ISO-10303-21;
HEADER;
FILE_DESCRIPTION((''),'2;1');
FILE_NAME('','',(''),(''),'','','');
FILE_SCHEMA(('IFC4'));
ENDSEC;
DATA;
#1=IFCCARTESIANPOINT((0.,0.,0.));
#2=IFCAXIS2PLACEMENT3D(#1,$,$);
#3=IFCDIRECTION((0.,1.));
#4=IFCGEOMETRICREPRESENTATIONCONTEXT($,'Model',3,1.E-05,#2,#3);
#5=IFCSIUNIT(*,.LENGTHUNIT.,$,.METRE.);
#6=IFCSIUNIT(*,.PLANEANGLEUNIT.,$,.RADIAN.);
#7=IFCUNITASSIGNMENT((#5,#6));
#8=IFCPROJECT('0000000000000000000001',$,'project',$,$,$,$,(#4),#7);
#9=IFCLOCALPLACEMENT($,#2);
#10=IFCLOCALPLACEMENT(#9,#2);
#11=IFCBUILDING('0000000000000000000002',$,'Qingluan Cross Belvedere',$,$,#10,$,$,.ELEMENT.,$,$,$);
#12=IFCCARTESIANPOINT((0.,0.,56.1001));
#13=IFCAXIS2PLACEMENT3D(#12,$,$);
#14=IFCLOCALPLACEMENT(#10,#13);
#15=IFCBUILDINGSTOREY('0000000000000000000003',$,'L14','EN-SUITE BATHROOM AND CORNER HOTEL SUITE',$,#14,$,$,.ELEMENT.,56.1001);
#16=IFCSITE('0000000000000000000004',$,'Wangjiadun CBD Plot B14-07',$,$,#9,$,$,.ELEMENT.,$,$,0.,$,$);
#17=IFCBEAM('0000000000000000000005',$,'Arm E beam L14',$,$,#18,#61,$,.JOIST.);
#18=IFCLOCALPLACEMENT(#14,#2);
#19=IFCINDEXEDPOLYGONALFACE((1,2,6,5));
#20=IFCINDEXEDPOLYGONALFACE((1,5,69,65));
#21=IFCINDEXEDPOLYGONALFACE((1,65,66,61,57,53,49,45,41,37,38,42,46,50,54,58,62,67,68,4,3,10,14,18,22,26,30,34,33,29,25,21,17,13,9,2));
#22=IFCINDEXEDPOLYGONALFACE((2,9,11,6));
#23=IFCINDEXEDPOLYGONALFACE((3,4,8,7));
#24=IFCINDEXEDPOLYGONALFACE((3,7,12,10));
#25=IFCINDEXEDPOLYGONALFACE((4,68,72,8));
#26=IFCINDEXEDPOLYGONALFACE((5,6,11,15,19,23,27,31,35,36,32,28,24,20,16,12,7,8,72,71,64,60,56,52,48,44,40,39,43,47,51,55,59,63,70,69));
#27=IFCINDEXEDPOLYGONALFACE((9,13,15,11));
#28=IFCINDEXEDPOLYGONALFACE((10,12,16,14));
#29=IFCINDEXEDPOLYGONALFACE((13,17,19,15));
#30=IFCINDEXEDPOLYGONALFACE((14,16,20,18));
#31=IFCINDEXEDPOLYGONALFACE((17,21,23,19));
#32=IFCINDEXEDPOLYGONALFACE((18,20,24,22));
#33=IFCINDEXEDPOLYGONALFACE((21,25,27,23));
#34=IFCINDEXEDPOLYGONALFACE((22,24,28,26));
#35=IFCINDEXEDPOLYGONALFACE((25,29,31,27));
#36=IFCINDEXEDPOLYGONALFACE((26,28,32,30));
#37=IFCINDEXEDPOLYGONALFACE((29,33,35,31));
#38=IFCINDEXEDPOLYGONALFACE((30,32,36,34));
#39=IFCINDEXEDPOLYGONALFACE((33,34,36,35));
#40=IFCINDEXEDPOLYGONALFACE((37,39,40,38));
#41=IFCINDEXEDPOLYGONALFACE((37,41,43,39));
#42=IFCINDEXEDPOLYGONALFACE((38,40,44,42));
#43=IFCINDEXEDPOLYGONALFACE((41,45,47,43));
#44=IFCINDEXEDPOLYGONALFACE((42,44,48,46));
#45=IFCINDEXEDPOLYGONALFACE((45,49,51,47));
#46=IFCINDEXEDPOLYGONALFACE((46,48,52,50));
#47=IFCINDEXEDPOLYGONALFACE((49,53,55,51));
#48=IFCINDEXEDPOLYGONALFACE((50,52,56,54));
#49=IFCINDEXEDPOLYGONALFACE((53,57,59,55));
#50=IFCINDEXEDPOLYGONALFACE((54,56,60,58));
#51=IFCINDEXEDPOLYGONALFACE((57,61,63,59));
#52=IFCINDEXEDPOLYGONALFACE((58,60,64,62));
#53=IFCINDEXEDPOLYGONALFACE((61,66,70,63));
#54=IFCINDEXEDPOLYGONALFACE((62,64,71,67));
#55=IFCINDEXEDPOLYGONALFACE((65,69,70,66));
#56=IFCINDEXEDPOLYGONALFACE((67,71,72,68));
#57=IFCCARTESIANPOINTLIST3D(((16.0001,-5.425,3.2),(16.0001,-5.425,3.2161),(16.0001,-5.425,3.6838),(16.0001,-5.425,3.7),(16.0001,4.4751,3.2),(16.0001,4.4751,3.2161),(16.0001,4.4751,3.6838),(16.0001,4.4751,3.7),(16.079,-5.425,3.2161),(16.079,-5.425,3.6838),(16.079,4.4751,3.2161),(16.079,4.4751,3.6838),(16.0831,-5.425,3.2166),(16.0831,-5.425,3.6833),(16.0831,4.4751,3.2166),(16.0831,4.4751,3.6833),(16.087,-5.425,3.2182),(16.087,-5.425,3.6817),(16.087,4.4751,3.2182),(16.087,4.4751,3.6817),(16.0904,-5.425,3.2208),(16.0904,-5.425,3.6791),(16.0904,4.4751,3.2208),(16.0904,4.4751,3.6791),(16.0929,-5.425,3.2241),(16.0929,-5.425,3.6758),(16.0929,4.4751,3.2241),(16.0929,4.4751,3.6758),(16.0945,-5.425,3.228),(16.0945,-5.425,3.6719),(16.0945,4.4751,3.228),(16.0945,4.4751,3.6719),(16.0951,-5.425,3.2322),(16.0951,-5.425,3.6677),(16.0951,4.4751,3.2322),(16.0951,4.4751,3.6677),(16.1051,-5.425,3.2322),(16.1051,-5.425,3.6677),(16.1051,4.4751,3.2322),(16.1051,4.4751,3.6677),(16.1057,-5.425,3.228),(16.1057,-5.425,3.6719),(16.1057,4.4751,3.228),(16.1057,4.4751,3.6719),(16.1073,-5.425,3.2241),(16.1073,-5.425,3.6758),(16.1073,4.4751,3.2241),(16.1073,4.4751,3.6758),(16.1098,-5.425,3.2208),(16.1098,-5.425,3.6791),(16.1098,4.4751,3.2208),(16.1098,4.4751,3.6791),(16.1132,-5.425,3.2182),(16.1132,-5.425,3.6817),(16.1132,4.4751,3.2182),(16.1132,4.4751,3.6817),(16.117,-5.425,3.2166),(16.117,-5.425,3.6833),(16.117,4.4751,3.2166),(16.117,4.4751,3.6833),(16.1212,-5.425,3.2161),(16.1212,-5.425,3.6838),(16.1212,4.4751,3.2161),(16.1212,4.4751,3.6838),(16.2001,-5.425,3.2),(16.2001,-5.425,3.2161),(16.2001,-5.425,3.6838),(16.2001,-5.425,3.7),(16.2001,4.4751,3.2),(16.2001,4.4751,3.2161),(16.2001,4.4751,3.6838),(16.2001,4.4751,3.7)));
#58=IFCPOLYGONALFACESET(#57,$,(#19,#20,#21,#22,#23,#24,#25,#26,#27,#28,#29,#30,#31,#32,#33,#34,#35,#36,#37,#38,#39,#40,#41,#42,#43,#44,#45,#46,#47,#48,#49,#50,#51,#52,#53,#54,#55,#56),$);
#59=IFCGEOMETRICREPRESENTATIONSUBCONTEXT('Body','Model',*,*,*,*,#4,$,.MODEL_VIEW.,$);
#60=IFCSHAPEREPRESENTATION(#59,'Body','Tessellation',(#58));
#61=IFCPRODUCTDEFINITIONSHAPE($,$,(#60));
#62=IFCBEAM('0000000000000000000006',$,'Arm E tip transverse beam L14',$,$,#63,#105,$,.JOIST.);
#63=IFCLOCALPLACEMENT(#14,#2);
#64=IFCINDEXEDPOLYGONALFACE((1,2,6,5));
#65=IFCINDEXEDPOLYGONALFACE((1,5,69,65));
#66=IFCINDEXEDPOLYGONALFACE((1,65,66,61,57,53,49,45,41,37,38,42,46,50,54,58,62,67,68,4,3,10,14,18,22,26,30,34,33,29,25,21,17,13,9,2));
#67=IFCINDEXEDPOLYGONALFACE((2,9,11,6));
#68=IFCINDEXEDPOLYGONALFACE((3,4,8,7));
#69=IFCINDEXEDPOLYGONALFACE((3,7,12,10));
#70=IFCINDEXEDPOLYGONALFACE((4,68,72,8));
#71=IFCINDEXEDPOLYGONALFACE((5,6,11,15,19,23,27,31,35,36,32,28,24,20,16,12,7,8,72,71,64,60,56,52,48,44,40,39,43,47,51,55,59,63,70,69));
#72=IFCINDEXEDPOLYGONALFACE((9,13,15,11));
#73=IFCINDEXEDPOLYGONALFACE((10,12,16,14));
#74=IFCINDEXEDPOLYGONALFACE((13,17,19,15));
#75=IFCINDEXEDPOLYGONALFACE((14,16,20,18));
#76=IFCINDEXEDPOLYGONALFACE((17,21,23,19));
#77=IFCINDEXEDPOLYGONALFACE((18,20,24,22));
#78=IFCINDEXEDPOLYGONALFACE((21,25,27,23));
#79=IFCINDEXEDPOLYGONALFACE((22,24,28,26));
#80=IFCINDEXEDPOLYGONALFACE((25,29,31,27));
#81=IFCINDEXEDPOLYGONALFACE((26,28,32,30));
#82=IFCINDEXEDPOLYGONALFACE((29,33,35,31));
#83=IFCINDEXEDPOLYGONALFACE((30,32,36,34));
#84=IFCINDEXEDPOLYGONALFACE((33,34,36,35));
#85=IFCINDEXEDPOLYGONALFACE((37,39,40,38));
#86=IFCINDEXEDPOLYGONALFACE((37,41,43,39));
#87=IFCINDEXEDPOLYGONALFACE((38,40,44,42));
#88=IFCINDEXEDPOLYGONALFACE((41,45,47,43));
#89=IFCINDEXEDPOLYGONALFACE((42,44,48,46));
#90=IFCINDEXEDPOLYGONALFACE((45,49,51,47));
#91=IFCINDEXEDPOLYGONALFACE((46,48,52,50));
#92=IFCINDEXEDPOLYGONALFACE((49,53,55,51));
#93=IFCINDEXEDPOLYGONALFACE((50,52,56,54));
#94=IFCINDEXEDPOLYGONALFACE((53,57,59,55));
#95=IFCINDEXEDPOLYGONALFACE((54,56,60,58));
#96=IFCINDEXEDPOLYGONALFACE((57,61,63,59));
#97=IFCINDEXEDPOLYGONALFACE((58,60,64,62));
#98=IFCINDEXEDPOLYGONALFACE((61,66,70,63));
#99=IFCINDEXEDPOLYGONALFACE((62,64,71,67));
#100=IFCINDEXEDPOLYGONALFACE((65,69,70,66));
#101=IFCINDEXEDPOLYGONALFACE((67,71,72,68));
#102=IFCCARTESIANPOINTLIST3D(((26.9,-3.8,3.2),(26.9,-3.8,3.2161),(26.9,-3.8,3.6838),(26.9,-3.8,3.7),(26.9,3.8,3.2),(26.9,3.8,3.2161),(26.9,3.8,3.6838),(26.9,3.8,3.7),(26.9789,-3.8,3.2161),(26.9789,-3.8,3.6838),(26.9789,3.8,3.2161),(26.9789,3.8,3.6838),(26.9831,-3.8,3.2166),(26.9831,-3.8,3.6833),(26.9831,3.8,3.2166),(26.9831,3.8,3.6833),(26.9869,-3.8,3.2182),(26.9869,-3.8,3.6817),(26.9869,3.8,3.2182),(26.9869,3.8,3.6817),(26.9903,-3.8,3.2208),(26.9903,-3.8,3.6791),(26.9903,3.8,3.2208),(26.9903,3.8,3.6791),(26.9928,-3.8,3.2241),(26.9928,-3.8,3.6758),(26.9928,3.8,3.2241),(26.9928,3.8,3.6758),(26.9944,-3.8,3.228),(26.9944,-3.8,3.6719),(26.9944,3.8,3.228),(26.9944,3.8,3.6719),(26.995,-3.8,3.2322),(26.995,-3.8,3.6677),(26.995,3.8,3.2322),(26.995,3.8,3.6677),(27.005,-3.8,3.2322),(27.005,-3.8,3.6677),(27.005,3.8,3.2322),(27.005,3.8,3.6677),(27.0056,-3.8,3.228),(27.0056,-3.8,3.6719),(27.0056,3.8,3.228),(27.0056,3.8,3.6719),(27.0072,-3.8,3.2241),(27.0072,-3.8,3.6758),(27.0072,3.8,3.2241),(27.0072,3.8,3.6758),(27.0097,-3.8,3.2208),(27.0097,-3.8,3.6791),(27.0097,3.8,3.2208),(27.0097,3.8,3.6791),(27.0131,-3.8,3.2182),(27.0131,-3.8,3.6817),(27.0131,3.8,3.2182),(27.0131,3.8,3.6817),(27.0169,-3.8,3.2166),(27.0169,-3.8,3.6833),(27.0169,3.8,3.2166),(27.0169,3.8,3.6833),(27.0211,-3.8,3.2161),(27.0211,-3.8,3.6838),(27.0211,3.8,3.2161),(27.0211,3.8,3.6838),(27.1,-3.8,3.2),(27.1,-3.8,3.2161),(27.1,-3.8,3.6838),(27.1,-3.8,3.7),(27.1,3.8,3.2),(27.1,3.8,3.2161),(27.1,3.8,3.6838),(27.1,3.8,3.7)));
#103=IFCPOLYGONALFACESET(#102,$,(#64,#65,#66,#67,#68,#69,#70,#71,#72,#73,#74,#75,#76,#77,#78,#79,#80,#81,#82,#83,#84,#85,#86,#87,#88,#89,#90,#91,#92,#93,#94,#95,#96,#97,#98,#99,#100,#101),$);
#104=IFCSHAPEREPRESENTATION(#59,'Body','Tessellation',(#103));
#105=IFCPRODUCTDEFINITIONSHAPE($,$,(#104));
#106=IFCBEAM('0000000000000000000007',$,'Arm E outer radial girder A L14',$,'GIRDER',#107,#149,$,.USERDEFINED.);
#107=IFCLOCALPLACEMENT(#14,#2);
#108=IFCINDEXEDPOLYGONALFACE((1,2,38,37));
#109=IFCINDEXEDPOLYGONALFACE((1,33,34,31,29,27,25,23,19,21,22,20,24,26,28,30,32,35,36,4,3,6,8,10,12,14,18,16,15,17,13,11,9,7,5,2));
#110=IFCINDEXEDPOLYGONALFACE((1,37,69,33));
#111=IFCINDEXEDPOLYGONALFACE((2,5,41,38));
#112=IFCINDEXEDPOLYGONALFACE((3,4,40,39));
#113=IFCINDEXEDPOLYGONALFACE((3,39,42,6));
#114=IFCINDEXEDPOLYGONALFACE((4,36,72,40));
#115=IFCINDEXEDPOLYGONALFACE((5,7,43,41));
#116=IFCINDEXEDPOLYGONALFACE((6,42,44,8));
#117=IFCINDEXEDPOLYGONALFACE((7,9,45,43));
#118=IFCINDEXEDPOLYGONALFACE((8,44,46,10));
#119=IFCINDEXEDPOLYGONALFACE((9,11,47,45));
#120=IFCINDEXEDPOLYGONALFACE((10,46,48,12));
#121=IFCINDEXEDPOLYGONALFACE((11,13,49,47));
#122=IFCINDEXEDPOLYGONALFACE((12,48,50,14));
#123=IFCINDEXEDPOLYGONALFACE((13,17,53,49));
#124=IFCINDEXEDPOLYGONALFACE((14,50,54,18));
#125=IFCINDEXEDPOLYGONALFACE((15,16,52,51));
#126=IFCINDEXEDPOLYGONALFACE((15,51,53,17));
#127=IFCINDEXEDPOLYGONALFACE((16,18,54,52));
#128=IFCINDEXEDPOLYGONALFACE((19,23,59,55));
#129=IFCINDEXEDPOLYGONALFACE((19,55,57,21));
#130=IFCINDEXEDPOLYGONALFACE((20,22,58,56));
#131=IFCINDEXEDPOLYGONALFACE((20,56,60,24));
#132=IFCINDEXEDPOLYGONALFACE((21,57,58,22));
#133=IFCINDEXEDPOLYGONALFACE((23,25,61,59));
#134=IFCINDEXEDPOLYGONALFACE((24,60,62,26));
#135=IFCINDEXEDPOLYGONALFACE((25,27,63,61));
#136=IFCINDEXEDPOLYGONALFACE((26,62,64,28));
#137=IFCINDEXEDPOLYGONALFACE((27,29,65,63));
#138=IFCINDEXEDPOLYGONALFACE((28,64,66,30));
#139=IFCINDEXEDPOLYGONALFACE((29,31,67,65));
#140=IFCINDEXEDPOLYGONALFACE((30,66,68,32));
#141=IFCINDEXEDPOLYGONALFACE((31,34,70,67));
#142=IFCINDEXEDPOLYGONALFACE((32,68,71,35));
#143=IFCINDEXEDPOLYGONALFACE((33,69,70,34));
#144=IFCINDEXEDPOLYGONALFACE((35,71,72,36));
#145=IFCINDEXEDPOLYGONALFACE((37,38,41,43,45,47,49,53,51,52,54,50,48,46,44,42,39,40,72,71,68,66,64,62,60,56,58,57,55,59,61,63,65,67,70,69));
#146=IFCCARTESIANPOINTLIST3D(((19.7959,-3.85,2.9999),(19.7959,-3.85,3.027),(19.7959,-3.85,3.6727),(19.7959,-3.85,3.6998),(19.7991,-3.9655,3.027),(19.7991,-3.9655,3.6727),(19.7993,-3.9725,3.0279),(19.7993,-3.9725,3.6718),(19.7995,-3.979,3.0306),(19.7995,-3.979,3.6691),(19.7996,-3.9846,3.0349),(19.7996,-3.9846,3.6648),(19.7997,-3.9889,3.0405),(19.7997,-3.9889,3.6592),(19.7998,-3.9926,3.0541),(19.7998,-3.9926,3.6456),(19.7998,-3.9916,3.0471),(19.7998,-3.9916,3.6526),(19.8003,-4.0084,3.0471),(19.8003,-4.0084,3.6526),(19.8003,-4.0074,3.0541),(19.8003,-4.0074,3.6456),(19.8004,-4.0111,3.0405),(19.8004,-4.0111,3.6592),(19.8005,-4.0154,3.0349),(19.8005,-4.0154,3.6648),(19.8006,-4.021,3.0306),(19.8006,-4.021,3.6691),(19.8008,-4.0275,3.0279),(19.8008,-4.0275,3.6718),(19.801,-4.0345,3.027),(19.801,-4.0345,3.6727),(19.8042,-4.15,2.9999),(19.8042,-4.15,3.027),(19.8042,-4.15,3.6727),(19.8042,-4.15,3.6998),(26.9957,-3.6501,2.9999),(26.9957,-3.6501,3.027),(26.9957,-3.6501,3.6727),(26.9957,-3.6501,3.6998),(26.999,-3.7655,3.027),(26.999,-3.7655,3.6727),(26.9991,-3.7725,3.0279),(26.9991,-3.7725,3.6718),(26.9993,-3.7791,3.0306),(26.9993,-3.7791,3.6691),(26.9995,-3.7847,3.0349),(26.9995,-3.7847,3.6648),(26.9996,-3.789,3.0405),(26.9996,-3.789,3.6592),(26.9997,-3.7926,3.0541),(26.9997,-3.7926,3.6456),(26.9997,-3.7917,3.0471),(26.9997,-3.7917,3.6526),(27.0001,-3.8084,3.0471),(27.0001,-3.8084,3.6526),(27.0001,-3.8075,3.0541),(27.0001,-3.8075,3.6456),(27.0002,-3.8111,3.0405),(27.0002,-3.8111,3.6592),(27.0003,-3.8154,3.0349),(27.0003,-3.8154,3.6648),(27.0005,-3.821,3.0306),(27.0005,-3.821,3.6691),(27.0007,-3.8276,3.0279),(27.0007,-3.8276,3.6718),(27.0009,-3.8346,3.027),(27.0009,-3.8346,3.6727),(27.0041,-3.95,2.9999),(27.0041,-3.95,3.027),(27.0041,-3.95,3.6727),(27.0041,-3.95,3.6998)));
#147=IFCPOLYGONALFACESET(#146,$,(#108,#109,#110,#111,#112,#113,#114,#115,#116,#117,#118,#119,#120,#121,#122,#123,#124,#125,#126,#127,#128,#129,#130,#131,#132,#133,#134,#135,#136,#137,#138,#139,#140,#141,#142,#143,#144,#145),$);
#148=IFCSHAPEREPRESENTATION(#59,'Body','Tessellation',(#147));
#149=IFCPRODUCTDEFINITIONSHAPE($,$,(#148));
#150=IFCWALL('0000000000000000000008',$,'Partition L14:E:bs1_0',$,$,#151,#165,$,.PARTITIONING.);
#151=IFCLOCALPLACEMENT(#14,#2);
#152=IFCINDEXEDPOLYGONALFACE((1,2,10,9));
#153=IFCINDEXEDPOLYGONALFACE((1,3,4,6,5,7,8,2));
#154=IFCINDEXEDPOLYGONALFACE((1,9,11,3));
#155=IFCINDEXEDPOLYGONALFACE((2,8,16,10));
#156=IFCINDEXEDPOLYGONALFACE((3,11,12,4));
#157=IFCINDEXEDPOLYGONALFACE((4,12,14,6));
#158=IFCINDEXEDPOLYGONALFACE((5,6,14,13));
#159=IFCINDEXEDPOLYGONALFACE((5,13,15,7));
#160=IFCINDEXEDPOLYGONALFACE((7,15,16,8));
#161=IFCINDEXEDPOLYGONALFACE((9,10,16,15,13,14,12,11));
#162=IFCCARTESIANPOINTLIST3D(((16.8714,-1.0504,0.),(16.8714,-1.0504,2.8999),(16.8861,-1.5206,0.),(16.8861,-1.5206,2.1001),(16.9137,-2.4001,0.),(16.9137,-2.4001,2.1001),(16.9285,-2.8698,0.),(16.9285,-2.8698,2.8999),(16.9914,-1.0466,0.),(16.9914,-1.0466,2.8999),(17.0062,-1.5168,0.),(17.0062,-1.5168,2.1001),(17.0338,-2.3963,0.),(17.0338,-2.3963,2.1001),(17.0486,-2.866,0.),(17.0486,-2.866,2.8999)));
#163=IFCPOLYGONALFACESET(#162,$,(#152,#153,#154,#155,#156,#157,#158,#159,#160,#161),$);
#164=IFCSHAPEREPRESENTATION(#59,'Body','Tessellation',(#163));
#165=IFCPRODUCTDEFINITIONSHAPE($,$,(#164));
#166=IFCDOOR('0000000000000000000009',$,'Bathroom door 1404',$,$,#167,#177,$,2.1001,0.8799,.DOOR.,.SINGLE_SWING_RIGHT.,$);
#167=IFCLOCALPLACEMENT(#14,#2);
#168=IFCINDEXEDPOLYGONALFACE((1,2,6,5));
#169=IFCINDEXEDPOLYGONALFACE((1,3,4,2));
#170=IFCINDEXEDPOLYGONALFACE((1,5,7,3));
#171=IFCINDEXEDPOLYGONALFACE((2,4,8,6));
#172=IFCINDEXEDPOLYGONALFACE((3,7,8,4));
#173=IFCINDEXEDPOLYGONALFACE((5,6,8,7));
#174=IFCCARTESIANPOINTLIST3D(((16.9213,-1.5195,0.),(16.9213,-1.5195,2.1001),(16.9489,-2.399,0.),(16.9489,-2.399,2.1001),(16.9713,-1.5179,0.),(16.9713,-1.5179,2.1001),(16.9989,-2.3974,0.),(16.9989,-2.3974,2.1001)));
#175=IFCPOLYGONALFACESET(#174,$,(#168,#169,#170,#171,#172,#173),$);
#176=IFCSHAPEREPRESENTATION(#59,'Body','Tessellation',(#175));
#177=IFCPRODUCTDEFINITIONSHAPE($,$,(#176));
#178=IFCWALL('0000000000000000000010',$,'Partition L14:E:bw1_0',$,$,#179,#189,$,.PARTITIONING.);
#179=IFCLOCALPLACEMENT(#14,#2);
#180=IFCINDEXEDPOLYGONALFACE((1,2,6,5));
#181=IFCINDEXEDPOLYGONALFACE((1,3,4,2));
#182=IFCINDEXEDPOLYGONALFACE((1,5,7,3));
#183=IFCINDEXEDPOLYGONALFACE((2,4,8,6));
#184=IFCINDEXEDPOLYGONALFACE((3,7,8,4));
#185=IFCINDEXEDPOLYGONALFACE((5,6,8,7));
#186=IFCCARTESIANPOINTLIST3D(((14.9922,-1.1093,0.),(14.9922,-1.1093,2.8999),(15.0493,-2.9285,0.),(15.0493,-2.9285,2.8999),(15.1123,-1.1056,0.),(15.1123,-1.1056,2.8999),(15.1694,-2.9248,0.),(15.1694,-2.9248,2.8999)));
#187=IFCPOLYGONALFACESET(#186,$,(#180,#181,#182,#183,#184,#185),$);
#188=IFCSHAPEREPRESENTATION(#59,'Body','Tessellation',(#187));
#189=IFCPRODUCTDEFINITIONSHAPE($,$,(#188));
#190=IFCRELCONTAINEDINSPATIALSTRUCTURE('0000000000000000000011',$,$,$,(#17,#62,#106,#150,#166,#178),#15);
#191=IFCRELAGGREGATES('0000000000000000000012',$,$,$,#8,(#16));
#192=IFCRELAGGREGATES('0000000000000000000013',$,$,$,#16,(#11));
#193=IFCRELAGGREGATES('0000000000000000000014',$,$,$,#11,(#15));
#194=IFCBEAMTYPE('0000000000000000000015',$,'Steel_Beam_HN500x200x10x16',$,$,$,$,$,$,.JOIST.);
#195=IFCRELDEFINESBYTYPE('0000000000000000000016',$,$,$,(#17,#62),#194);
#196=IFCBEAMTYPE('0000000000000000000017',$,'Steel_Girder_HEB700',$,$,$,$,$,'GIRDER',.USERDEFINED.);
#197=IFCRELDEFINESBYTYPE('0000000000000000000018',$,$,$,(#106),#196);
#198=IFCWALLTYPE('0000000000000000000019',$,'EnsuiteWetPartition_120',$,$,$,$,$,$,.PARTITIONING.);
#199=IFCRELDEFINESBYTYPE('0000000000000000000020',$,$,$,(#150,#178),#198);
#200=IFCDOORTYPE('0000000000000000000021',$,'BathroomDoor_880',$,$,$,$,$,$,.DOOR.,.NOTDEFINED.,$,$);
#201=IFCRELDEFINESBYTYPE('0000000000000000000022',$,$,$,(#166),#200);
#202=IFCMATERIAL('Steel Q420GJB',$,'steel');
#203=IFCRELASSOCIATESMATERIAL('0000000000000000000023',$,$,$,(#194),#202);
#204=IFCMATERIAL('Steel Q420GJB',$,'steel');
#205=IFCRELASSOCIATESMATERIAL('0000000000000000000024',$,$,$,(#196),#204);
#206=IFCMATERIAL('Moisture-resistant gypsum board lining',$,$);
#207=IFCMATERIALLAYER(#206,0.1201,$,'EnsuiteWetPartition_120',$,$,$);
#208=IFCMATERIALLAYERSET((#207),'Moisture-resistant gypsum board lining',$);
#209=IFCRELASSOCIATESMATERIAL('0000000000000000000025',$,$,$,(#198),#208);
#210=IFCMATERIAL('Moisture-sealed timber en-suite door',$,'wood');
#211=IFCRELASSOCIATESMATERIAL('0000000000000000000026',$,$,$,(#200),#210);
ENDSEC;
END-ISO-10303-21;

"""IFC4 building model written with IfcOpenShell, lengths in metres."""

from ifc_helpers import new_model, si_unit, direction, frame, frame_2d, origin, origin_2d, place, context, subcontext, project, spatial, rectangle, i_section, extrude, material, layer, layer_set, material_profile, profile_set, type_object, element, fill, save


model = new_model("IFC4")

# Units and contexts
model_context = context("Model", 3, precision=1e-05, world=origin(), true_north=direction((0.0, 1.0)))
body_context = subcontext(model_context, "Body", "Model", "MODEL_VIEW")
ifc_project = project(units=[si_unit("LENGTHUNIT", "METRE"), si_unit("PLANEANGLEUNIT", "RADIAN")], contexts=[model_context])

# Site, building, storey
site_placement = place(None, origin())
site = spatial("IfcSite", under=ifc_project, at=site_placement, Name="Wangjiadun CBD Plot B14-07", CompositionType="ELEMENT", RefElevation=0.0)
building_placement = place(site_placement, origin())
building = spatial("IfcBuilding", under=site, at=building_placement, Name="Qingluan Cross Belvedere", CompositionType="ELEMENT")
storey_placement = place(building_placement, frame((0.0, 0.0, 56.1001)))
storey = spatial("IfcBuildingStorey", under=building, at=storey_placement, Name="L14", Description="EN-SUITE BATHROOM AND CORNER HOTEL SUITE", CompositionType="ELEMENT", Elevation=56.1001)

# Beams
ifc_material_1 = material(Name="Steel Q420GJB", Category="steel")
ifc_material_profile_1 = material_profile(ifc_material_1, i_section(OverallWidth=0.2, OverallDepth=0.5, WebThickness=0.01, FlangeThickness=0.0161, FilletRadius=0.0161, at=origin_2d()), Name="HN500x200x10x16")
ifc_profile_set_1 = profile_set([ifc_material_profile_1], Name="Steel Q420GJB")
beam_type_1 = type_object("IfcBeamType", Name="Steel_Beam_HN500x200x10x16", PredefinedType="JOIST", material=ifc_profile_set_1)
beam_1_placement = place(storey_placement, frame((16.1001, -5.425, 3.45), z_axis=(0.0, 1.0, 0.0), x_axis=(-1.0, 0.0, 0.0)))
element("IfcBeam", 1, at=beam_1_placement, inside=storey, type_object=beam_type_1, Name="Arm E beam L14", PredefinedType="JOIST", context=body_context, shape_type="SweptSolid", body=[
    extrude(i_section(OverallWidth=0.2, OverallDepth=0.5, WebThickness=0.01, FlangeThickness=0.0161, FilletRadius=0.0161, at=origin_2d()), origin(), (0.0, 0.0, 1.0), 9.9001),
])
beam_2_placement = place(storey_placement, frame((27.0, -3.8, 3.45), z_axis=(0.0, 1.0, 0.0), x_axis=(-1.0, 0.0, 0.0)))
element("IfcBeam", 2, at=beam_2_placement, inside=storey, type_object=beam_type_1, Name="Arm E tip transverse beam L14", PredefinedType="JOIST", context=body_context, shape_type="SweptSolid", body=[
    extrude(i_section(OverallWidth=0.2, OverallDepth=0.5, WebThickness=0.01, FlangeThickness=0.0161, FilletRadius=0.0161, at=origin_2d()), origin(), (0.0, 0.0, 1.0), 7.6001),
])
ifc_material_2 = material(Name="Steel Q420GJB", Category="steel")
ifc_material_profile_2 = material_profile(ifc_material_2, i_section(OverallWidth=0.3, OverallDepth=0.7, WebThickness=0.0149, FlangeThickness=0.0271, FilletRadius=0.0271, at=origin_2d()), Name="HEB700")
ifc_profile_set_2 = profile_set([ifc_material_profile_2], Name="Steel Q420GJB")
beam_type_2 = type_object("IfcBeamType", Name="Steel_Girder_HEB700", ElementType="GIRDER", PredefinedType="USERDEFINED", material=ifc_profile_set_2)
beam_3_placement = place(storey_placement, frame((19.8, -4.0, 3.3499), z_axis=(0.999615, 0.02776, 0.0), x_axis=(-0.02776, 0.999615, 0.0)))
element("IfcBeam", 3, at=beam_3_placement, inside=storey, type_object=beam_type_2, Name="Arm E outer radial girder A L14", ObjectType="GIRDER", PredefinedType="USERDEFINED", context=body_context, shape_type="SweptSolid", body=[
    extrude(i_section(OverallWidth=0.3, OverallDepth=0.7, WebThickness=0.0149, FlangeThickness=0.0271, FilletRadius=0.0271, at=origin_2d()), origin(), (0.0, 0.0, 1.0), 7.2026),
])

# Wall, opening, door
ifc_material_3 = material(Name="Moisture-resistant gypsum board lining")
ifc_layer_1 = layer(ifc_material_3, 0.1201, Name="EnsuiteWetPartition_120")
ifc_layer_set_1 = layer_set([ifc_layer_1], Name="Moisture-resistant gypsum board lining")
wall_type_1 = type_object("IfcWallType", Name="EnsuiteWetPartition_120", PredefinedType="PARTITIONING", material=ifc_layer_set_1)
wall_1_placement = place(storey_placement, frame((16.9885, -2.8679, 0.0), z_axis=(0.0, 0.0, 1.0), x_axis=(-0.031385, 0.999507, 0.0)))
wall_1 = element("IfcWall", 4, at=wall_1_placement, inside=storey, type_object=wall_type_1, Name="Partition L14:E:bs1_0", PredefinedType="PARTITIONING", context=body_context, shape_type="SweptSolid", body=[
    extrude(rectangle(XDim=1.8203, YDim=0.1201, at=frame_2d((0.9102, 0.0))), origin(), (0.0, 0.0, 1.0), 2.8999),
])
opening_1_placement = place(wall_1_placement, frame((0.47, 0.0, 0.0)))
opening_1 = element("IfcOpeningElement", 5, at=opening_1_placement, cuts=wall_1, PredefinedType="OPENING", context=body_context, shape_type="SweptSolid", body=[
    extrude(rectangle(XDim=0.8799, YDim=2.1001, at=frame_2d((0.4399, 1.05))), frame((0.0, 0.0701, 0.0), z_axis=(0.0, -1.0, 0.0), x_axis=(1.0, 0.0, 0.0)), (0.0, 0.0, 1.0), 0.1401),
])
ifc_material_4 = material(Name="Moisture-sealed timber en-suite door", Category="wood")
door_type = type_object("IfcDoorType", Name="BathroomDoor_880", OperationType="NOTDEFINED", PredefinedType="DOOR", material=ifc_material_4)
door_placement = place(opening_1_placement, origin())
door = element("IfcDoor", 6, at=door_placement, inside=storey, type_object=door_type, Name="Bathroom door 1404", OperationType="SINGLE_SWING_RIGHT", OverallHeight=2.1001, OverallWidth=0.8799, PredefinedType="DOOR", context=body_context, shape_type="SweptSolid", body=[
    extrude(rectangle(XDim=0.8799, YDim=2.1001, at=frame_2d((0.4399, 1.05))), frame((0.0, 0.0249, 0.0), z_axis=(0.0, -1.0, 0.0), x_axis=(1.0, 0.0, 0.0)), (0.0, 0.0, 1.0), 0.05),
])
fill(opening_1, door)

# Wall
wall_2_placement = place(storey_placement, frame((15.1094, -2.9268, 0.0), z_axis=(0.0, 0.0, 1.0), x_axis=(-0.03139, 0.999507, 0.0)))
element("IfcWall", 7, at=wall_2_placement, inside=storey, type_object=wall_type_1, Name="Partition L14:E:bw1_0", PredefinedType="PARTITIONING", context=body_context, shape_type="SweptSolid", body=[
    extrude(rectangle(XDim=1.8201, YDim=0.1201, at=frame_2d((0.9102, 0.0))), origin(), (0.0, 0.0, 1.0), 2.8999),
])

save(model, "model.ifc")
